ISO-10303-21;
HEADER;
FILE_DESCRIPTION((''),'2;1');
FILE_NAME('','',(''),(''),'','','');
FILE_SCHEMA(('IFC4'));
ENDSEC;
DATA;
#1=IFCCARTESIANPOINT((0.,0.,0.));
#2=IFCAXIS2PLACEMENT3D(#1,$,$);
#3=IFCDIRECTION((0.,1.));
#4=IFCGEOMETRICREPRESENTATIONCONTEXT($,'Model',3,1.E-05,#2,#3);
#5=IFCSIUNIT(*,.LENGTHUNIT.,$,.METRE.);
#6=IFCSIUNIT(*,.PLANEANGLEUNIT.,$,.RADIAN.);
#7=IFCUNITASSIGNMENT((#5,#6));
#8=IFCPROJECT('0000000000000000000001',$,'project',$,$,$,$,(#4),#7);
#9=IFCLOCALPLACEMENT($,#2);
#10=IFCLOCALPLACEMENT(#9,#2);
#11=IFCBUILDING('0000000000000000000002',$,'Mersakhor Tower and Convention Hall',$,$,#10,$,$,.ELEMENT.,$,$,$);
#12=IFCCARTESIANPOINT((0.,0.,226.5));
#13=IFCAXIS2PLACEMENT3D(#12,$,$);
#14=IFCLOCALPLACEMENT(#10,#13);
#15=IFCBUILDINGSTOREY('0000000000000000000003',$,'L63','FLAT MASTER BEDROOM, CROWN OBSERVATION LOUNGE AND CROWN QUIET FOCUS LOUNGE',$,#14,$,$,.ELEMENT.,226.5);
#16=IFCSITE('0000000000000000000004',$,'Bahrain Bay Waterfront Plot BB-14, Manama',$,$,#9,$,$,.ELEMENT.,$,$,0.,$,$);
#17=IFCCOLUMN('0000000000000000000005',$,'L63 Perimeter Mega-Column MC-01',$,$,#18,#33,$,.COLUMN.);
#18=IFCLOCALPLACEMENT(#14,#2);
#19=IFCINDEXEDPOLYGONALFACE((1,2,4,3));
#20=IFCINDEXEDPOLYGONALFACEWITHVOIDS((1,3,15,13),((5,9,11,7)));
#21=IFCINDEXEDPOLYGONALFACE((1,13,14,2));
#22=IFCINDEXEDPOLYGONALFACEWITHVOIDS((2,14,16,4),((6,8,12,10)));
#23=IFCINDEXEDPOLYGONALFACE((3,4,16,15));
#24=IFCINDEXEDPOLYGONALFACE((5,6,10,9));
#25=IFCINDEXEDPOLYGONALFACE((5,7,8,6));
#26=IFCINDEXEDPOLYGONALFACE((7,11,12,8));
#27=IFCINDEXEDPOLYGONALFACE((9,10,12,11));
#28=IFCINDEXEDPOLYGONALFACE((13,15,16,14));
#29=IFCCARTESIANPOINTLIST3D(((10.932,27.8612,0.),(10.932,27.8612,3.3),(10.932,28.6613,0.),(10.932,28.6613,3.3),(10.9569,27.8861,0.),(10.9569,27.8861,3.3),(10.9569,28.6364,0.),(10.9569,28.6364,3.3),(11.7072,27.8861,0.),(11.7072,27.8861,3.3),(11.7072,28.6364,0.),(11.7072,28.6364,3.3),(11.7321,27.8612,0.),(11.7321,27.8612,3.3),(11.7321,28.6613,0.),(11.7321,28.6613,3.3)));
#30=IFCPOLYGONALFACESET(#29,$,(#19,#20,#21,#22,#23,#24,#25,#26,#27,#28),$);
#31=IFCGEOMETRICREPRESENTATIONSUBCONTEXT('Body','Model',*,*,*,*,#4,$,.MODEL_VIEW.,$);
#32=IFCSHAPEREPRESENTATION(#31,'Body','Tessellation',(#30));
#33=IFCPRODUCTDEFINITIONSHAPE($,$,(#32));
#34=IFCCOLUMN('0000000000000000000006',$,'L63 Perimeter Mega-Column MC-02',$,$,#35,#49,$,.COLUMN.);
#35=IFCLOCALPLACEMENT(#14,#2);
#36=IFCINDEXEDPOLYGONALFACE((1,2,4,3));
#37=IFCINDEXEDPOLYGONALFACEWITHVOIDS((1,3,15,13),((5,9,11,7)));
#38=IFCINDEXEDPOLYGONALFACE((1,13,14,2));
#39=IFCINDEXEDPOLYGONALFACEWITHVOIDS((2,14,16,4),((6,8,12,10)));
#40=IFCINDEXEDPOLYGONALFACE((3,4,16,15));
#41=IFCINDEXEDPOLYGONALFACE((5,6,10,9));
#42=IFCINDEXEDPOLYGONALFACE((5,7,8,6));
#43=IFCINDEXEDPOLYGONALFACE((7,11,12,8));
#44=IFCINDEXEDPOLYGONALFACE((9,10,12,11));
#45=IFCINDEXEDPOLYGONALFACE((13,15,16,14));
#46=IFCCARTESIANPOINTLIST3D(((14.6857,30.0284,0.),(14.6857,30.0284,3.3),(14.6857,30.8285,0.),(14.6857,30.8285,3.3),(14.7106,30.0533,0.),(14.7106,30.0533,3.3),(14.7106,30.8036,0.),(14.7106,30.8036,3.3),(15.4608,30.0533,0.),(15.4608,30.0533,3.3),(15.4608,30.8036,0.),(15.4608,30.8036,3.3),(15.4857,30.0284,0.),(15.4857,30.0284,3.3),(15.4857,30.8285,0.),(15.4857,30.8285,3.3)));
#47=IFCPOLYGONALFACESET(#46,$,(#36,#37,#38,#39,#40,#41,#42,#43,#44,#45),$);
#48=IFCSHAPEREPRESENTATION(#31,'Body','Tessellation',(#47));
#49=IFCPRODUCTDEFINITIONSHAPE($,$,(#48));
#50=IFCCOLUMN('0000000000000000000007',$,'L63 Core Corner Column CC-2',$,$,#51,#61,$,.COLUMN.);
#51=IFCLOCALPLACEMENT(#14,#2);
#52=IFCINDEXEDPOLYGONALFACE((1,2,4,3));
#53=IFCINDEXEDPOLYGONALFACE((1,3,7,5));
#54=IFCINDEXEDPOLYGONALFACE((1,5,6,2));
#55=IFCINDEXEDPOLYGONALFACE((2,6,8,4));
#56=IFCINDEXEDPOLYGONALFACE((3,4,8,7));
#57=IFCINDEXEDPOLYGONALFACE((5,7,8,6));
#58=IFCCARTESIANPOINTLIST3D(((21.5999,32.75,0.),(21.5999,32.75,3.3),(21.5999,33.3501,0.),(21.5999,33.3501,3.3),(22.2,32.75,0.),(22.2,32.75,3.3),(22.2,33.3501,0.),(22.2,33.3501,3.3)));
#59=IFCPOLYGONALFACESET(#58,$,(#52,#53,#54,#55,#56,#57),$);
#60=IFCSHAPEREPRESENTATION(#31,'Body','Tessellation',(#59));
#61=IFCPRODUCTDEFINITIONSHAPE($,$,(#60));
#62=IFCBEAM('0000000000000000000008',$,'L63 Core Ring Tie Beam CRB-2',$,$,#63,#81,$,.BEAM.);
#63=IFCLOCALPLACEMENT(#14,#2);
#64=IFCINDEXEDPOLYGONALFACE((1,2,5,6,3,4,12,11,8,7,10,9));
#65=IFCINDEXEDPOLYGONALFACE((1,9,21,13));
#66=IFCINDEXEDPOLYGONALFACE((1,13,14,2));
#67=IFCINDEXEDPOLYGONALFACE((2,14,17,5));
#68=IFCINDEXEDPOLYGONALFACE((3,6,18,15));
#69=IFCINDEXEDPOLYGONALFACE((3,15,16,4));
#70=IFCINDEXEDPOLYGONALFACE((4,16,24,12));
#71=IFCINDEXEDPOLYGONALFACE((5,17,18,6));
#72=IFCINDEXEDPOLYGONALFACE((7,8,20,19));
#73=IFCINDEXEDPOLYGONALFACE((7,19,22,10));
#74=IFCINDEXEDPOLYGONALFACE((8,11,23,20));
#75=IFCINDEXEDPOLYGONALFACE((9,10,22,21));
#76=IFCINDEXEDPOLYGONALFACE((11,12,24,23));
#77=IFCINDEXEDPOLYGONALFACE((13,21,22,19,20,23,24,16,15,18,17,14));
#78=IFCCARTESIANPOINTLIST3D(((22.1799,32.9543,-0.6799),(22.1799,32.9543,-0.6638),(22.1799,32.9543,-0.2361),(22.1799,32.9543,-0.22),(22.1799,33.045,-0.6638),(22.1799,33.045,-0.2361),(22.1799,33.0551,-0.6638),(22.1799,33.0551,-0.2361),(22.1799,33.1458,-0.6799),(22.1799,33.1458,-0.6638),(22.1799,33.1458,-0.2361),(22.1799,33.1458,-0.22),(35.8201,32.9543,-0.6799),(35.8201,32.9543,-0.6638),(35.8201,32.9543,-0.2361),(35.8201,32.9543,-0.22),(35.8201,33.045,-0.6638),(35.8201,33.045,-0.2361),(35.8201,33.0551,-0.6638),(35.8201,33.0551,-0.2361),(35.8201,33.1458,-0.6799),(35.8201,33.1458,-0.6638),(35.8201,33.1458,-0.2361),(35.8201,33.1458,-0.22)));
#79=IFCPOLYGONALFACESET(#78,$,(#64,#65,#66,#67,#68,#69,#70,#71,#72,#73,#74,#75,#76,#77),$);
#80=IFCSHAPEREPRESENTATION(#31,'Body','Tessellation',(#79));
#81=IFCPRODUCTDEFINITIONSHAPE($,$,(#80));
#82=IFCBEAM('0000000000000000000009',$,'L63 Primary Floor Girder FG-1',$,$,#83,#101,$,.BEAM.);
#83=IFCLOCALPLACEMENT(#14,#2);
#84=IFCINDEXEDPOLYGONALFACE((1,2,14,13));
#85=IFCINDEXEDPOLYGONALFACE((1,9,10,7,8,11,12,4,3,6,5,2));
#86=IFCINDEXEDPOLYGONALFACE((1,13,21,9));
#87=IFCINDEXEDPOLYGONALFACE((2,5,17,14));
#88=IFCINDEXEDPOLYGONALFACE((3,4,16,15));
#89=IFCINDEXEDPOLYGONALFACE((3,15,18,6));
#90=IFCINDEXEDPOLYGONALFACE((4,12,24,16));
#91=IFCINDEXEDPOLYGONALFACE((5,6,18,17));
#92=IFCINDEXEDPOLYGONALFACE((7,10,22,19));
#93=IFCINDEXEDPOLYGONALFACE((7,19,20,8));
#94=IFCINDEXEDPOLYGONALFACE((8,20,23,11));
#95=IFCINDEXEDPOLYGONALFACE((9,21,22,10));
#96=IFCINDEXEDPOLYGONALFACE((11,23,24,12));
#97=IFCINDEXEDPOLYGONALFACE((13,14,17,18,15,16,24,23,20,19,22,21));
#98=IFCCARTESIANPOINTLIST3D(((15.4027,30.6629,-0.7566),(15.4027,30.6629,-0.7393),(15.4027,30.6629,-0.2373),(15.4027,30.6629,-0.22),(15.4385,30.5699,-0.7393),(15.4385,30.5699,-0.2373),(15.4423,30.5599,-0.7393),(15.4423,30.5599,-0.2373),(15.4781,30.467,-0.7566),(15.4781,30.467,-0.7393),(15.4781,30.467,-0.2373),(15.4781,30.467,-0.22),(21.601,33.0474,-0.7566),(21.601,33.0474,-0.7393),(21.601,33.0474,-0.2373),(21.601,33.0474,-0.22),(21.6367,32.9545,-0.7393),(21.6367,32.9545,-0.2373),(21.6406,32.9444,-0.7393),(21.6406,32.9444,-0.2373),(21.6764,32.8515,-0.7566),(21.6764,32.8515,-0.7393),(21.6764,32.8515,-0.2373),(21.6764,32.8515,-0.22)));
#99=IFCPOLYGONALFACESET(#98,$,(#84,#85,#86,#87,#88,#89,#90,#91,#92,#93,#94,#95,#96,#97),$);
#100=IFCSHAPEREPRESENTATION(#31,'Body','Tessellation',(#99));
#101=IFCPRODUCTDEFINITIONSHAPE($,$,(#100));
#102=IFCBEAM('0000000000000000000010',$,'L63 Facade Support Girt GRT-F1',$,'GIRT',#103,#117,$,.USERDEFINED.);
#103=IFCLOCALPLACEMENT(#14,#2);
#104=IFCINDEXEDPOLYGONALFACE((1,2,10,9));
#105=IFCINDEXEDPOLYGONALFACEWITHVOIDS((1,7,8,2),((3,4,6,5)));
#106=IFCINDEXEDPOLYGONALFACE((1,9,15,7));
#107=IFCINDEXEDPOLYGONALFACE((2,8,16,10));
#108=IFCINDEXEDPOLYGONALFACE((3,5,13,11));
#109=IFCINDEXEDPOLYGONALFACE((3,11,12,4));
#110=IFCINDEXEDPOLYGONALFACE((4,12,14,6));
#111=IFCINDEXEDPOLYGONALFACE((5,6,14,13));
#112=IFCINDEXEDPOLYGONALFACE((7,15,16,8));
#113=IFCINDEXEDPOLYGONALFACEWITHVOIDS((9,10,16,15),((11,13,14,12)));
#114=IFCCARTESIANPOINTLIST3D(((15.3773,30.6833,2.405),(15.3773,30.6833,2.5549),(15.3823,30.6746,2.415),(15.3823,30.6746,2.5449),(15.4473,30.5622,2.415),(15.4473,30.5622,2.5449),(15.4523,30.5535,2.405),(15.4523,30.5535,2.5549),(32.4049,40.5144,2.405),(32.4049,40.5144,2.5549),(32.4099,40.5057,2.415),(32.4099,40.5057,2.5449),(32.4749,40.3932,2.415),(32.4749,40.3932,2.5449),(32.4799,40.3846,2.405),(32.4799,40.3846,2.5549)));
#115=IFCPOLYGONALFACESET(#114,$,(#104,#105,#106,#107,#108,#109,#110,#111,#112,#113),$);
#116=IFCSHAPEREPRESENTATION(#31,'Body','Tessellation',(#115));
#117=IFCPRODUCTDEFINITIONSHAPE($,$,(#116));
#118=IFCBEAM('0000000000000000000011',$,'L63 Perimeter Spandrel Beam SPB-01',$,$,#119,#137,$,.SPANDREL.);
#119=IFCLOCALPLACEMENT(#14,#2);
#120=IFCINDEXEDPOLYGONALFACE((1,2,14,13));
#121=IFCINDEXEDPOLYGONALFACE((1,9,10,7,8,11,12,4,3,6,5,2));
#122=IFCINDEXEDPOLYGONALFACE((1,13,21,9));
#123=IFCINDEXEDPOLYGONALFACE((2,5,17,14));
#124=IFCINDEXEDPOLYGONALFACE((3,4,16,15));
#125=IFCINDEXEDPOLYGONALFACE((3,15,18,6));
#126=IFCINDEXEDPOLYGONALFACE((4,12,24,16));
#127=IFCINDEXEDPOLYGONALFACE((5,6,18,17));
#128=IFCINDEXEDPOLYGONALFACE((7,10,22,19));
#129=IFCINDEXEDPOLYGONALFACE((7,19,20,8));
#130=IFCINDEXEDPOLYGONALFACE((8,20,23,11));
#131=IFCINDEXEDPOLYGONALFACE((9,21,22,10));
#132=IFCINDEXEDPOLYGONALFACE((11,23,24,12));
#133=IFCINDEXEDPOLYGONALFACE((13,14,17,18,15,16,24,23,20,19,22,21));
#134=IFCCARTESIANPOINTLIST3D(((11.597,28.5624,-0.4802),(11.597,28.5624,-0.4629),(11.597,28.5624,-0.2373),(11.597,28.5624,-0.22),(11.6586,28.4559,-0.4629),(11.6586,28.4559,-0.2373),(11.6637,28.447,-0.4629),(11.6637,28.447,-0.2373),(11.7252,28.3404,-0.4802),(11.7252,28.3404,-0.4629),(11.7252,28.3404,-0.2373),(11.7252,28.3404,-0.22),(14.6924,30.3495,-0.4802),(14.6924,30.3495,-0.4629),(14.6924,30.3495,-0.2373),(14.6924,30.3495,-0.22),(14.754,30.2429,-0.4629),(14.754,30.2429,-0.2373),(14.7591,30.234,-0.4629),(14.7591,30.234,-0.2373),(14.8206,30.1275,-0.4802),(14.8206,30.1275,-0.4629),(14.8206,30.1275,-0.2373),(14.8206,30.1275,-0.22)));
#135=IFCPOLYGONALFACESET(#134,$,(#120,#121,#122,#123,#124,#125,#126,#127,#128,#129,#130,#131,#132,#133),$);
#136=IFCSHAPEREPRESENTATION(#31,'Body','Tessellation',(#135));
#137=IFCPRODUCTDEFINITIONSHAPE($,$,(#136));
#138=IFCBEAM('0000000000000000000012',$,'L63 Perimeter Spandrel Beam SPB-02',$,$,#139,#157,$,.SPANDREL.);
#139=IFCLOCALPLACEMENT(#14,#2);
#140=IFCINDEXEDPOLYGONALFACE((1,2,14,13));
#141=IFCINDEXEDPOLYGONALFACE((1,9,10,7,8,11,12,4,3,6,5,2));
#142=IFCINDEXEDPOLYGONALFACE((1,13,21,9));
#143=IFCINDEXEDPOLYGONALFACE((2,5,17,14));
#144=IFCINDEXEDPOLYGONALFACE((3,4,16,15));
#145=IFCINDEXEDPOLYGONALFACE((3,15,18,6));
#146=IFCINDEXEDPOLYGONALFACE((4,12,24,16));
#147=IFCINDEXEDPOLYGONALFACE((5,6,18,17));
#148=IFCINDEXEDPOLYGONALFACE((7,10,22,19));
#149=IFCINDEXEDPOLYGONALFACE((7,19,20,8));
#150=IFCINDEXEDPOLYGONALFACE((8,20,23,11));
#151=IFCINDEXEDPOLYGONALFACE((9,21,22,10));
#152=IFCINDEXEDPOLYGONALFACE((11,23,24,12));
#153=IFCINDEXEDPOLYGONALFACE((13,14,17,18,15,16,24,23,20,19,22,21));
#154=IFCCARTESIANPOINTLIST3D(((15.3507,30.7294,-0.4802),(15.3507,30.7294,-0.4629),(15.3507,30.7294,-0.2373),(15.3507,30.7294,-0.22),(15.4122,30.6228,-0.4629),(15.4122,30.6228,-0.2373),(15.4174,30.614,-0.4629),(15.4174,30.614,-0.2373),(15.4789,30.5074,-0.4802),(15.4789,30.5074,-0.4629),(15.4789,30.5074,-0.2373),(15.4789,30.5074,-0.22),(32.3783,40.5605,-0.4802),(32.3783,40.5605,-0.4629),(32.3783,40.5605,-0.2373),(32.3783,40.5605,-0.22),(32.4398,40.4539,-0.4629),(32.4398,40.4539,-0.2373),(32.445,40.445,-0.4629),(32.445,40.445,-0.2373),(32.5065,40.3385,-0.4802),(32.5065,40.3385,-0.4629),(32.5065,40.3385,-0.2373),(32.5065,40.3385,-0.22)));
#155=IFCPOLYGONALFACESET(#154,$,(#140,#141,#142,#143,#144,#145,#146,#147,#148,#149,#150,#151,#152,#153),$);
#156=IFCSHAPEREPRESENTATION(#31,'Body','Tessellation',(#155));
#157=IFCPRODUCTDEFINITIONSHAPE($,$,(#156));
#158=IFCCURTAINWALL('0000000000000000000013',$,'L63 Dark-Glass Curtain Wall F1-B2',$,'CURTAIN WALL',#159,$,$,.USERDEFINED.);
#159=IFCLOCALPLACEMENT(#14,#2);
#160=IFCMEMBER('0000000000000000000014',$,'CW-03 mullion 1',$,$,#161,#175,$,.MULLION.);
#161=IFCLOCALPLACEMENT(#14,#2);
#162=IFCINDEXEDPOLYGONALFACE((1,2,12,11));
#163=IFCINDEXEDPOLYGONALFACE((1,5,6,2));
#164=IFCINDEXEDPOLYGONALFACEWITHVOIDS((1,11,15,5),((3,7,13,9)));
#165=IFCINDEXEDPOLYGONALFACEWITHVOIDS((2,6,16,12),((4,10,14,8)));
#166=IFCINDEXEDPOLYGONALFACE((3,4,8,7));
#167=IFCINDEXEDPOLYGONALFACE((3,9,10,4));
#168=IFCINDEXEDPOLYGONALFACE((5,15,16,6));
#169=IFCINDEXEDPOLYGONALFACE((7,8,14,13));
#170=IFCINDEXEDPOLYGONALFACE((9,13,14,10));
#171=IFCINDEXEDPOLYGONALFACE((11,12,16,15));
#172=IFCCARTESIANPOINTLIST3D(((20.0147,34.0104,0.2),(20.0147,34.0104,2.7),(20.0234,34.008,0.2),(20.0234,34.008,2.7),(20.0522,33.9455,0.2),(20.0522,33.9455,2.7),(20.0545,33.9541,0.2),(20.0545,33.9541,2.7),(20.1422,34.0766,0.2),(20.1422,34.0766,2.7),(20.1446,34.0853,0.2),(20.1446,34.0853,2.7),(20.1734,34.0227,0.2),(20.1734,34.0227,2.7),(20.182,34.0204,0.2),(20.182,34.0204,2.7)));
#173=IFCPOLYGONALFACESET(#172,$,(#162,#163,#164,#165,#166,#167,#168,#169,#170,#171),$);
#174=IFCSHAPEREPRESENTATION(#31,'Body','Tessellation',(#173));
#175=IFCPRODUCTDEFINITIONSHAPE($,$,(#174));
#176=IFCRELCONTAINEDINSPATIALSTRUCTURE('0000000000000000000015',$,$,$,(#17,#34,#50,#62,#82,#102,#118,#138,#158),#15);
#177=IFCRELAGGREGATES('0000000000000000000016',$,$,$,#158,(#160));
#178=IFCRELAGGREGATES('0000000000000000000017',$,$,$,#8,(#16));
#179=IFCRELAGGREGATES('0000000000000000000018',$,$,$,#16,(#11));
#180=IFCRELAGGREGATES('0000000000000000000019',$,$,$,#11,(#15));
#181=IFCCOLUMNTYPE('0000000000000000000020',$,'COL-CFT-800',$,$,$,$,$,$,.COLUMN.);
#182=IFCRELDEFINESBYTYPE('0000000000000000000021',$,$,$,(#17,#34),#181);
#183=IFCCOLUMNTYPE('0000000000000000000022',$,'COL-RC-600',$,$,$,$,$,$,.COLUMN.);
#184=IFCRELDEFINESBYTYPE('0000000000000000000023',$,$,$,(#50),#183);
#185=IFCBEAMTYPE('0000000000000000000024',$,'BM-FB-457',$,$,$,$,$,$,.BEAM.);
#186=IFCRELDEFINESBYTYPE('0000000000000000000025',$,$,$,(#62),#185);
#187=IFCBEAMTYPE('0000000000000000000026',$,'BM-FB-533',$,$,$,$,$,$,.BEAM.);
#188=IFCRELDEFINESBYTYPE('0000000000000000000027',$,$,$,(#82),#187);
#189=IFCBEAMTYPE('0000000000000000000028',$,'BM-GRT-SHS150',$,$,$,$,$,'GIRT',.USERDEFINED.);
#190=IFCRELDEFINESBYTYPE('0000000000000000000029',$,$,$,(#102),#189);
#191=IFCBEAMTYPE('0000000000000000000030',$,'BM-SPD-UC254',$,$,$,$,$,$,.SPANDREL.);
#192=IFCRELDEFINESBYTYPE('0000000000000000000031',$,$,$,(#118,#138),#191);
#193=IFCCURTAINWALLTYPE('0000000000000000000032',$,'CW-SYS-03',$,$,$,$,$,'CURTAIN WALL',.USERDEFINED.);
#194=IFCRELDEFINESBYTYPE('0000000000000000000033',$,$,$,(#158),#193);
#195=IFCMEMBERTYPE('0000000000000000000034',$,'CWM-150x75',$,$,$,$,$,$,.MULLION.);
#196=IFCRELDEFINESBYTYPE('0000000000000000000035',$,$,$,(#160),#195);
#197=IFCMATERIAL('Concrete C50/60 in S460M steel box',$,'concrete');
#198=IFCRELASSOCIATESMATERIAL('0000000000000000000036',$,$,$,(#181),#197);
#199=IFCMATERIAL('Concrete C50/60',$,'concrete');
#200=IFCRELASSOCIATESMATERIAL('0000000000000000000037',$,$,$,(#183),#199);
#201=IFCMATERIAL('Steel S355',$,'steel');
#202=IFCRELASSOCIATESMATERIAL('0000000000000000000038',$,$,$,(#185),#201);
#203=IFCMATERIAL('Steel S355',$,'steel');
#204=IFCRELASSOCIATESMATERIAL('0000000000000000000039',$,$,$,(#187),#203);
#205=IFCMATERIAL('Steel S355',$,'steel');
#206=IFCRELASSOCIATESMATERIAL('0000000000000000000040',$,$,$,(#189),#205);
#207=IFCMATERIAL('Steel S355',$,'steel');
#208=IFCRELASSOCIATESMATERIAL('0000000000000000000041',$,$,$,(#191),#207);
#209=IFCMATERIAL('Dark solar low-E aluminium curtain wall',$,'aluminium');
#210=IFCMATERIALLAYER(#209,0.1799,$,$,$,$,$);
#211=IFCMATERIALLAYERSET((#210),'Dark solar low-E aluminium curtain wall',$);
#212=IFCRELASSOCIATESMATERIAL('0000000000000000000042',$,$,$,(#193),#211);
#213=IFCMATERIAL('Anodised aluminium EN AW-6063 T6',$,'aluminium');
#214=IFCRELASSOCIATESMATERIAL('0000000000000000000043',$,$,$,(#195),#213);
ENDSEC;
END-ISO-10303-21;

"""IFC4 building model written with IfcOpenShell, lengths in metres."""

from ifc_helpers import new_model, si_unit, direction, frame, origin, origin_2d, place, context, subcontext, project, spatial, rectangle, hollow_rectangle, i_section, extrude, material, layer, layer_set, material_profile, profile_set, type_object, element, aggregate, save


model = new_model("IFC4")

# Units and contexts
model_context = context("Model", 3, precision=1e-05, world=origin(), true_north=direction((0.0, 1.0)))
body_context = subcontext(model_context, "Body", "Model", "MODEL_VIEW")
ifc_project = project(units=[si_unit("LENGTHUNIT", "METRE"), si_unit("PLANEANGLEUNIT", "RADIAN")], contexts=[model_context])

# Site, building, storey
site_placement = place(None, origin())
site = spatial("IfcSite", under=ifc_project, at=site_placement, Name="Bahrain Bay Waterfront Plot BB-14, Manama", CompositionType="ELEMENT", RefElevation=0.0)
building_placement = place(site_placement, origin())
building = spatial("IfcBuilding", under=site, at=building_placement, Name="Mersakhor Tower and Convention Hall", CompositionType="ELEMENT")
storey_placement = place(building_placement, frame((0.0, 0.0, 226.5)))
storey = spatial("IfcBuildingStorey", under=building, at=storey_placement, Name="L63", Description="FLAT MASTER BEDROOM, CROWN OBSERVATION LOUNGE AND CROWN QUIET FOCUS LOUNGE", CompositionType="ELEMENT", Elevation=226.5)

# Columns
ifc_material_1 = material(Name="Concrete C50/60 in S460M steel box", Category="concrete")
ifc_material_profile_1 = material_profile(ifc_material_1, hollow_rectangle(XDim=0.8, YDim=0.8, WallThickness=0.0249, at=origin_2d()), Name="SHS 800x800x25")
ifc_profile_set_1 = profile_set([ifc_material_profile_1], Name="Concrete C50/60 in S460M steel box")
column_type_1 = type_object("IfcColumnType", Name="COL-CFT-800", PredefinedType="COLUMN", material=ifc_profile_set_1)
for number, where, z_axis, x_axis, name in (
    (1, (11.332, 28.2612, 0.0), (0.0, 0.0, 1.0), (1.0, 0.0, 0.0), "L63 Perimeter Mega-Column MC-01"),
    (2, (15.0857, 30.4285, 0.0), (0.0, 0.0, 1.0), (1.0, 0.0, 0.0), "L63 Perimeter Mega-Column MC-02"),
):
    element("IfcColumn", number, at=place(storey_placement, frame(where, z_axis=z_axis, x_axis=x_axis)), inside=storey, type_object=column_type_1, Name=name, PredefinedType="COLUMN", context=body_context, shape_type="SweptSolid", body=[
        extrude(hollow_rectangle(XDim=0.8, YDim=0.8, WallThickness=0.0249, at=origin_2d()), origin(), (0.0, 0.0, 1.0), 3.3),
    ])
ifc_material_2 = material(Name="Concrete C50/60", Category="concrete")
ifc_material_profile_2 = material_profile(ifc_material_2, rectangle(XDim=0.6001, YDim=0.6001, at=origin_2d()), Name="RC 600x600")
ifc_profile_set_2 = profile_set([ifc_material_profile_2], Name="Concrete C50/60")
column_type_2 = type_object("IfcColumnType", Name="COL-RC-600", PredefinedType="COLUMN", material=ifc_profile_set_2)
column_placement = place(storey_placement, frame((21.8999, 33.05, 0.0), z_axis=(0.0, 0.0, 1.0), x_axis=(1.0, 0.0, 0.0)))
element("IfcColumn", 3, at=column_placement, inside=storey, type_object=column_type_2, Name="L63 Core Corner Column CC-2", PredefinedType="COLUMN", context=body_context, shape_type="SweptSolid", body=[
    extrude(rectangle(XDim=0.6001, YDim=0.6001, at=origin_2d()), origin(), (0.0, 0.0, 1.0), 3.3),
])

# Beams
ifc_material_3 = material(Name="Steel S355", Category="steel")
ifc_material_profile_3 = material_profile(ifc_material_3, i_section(OverallWidth=0.1914, OverallDepth=0.46, WebThickness=0.01, FlangeThickness=0.0161, at=origin_2d()), Name="UB 457x191x82")
ifc_profile_set_3 = profile_set([ifc_material_profile_3], Name="Steel S355")
beam_type_1 = type_object("IfcBeamType", Name="BM-FB-457", PredefinedType="BEAM", material=ifc_profile_set_3)
beam_1_placement = place(storey_placement, frame((22.1799, 33.05, -0.45), z_axis=(1.0, 0.0, 0.0), x_axis=(0.0, 1.0, 0.0)))
element("IfcBeam", 4, at=beam_1_placement, inside=storey, type_object=beam_type_1, Name="L63 Core Ring Tie Beam CRB-2", PredefinedType="BEAM", context=body_context, shape_type="SweptSolid", body=[
    extrude(i_section(OverallWidth=0.1914, OverallDepth=0.46, WebThickness=0.01, FlangeThickness=0.0161, at=origin_2d()), origin(), (0.0, 0.0, 1.0), 13.6401),
])
ifc_material_4 = material(Name="Steel S355", Category="steel")
ifc_material_profile_4 = material_profile(ifc_material_4, i_section(OverallWidth=0.21, OverallDepth=0.5366, WebThickness=0.0107, FlangeThickness=0.0173, at=origin_2d()), Name="UB 533x210x101")
ifc_profile_set_4 = profile_set([ifc_material_profile_4], Name="Steel S355")
beam_type_2 = type_object("IfcBeamType", Name="BM-FB-533", PredefinedType="BEAM", material=ifc_profile_set_4)
beam_2_placement = place(storey_placement, frame((21.6387, 32.9495, -0.4883), z_axis=(-0.933316, -0.359055, 0.0), x_axis=(0.359055, -0.933316, 0.0)))
element("IfcBeam", 5, at=beam_2_placement, inside=storey, type_object=beam_type_2, Name="L63 Primary Floor Girder FG-1", PredefinedType="BEAM", context=body_context, shape_type="SweptSolid", body=[
    extrude(i_section(OverallWidth=0.21, OverallDepth=0.5366, WebThickness=0.0107, FlangeThickness=0.0173, at=origin_2d()), origin(), (0.0, 0.0, 1.0), 6.6411),
])
ifc_material_5 = material(Name="Steel S355", Category="steel")
ifc_material_profile_5 = material_profile(ifc_material_5, hollow_rectangle(XDim=0.1499, YDim=0.1499, WallThickness=0.01, at=origin_2d()), Name="SHS 150x150x10")
ifc_profile_set_5 = profile_set([ifc_material_profile_5], Name="Steel S355")
beam_type_3 = type_object("IfcBeamType", Name="BM-GRT-SHS150", ElementType="GIRT", PredefinedType="USERDEFINED", material=ifc_profile_set_5)
beam_3_placement = place(storey_placement, frame((15.4148, 30.6184, 2.48), z_axis=(0.866022, 0.500007, 0.0), x_axis=(-0.500007, 0.866022, 0.0)))
element("IfcBeam", 6, at=beam_3_placement, inside=storey, type_object=beam_type_3, Name="L63 Facade Support Girt GRT-F1", ObjectType="GIRT", PredefinedType="USERDEFINED", context=body_context, shape_type="SweptSolid", body=[
    extrude(hollow_rectangle(XDim=0.1499, YDim=0.1499, WallThickness=0.01, at=origin_2d()), origin(), (0.0, 0.0, 1.0), 19.6619),
])
ifc_material_6 = material(Name="Steel S355", Category="steel")
ifc_material_profile_6 = material_profile(ifc_material_6, i_section(OverallWidth=0.2563, OverallDepth=0.2603, WebThickness=0.0103, FlangeThickness=0.0173, at=origin_2d()), Name="UC 254x254x89")
ifc_profile_set_6 = profile_set([ifc_material_profile_6], Name="Steel S355")
beam_type_4 = type_object("IfcBeamType", Name="BM-SPD-UC254", PredefinedType="SPANDREL", material=ifc_profile_set_6)
beam_4_placement = place(storey_placement, frame((11.6611, 28.4514, -0.3501), z_axis=(0.866032, 0.499989, 0.0), x_axis=(-0.499989, 0.866032, 0.0)))
element("IfcBeam", 7, at=beam_4_placement, inside=storey, type_object=beam_type_4, Name="L63 Perimeter Spandrel Beam SPB-01", PredefinedType="SPANDREL", context=body_context, shape_type="SweptSolid", body=[
    extrude(i_section(OverallWidth=0.2563, OverallDepth=0.2603, WebThickness=0.0103, FlangeThickness=0.0173, at=origin_2d()), origin(), (0.0, 0.0, 1.0), 3.5742),
])
beam_5_placement = place(storey_placement, frame((15.4148, 30.6184, -0.3501), z_axis=(0.866022, 0.500007, 0.0), x_axis=(-0.500007, 0.866022, 0.0)))
element("IfcBeam", 8, at=beam_5_placement, inside=storey, type_object=beam_type_4, Name="L63 Perimeter Spandrel Beam SPB-02", PredefinedType="SPANDREL", context=body_context, shape_type="SweptSolid", body=[
    extrude(i_section(OverallWidth=0.2563, OverallDepth=0.2603, WebThickness=0.0103, FlangeThickness=0.0173, at=origin_2d()), origin(), (0.0, 0.0, 1.0), 19.6619),
])

# Curtain wall, member
ifc_material_7 = material(Name="Dark solar low-E aluminium curtain wall", Category="aluminium")
ifc_layer_1 = layer(ifc_material_7, 0.1799)
ifc_layer_set_1 = layer_set([ifc_layer_1], Name="Dark solar low-E aluminium curtain wall")
curtain_wall_type = type_object("IfcCurtainWallType", Name="CW-SYS-03", ElementType="CURTAIN WALL", PredefinedType="USERDEFINED", material=ifc_layer_set_1)
curtain_wall_placement = place(storey_placement, origin())
curtain_wall = element("IfcCurtainWall", 9, at=curtain_wall_placement, inside=storey, type_object=curtain_wall_type, Name="L63 Dark-Glass Curtain Wall F1-B2", ObjectType="CURTAIN WALL", PredefinedType="USERDEFINED")
ifc_material_8 = material(Name="Anodised aluminium EN AW-6063 T6", Category="aluminium")
ifc_material_profile_7 = material_profile(ifc_material_8, hollow_rectangle(XDim=0.075, YDim=0.1499, WallThickness=0.0063, at=origin_2d()), Name="RHS 150x75x6.3")
ifc_profile_set_7 = profile_set([ifc_material_profile_7], Name="Anodised aluminium EN AW-6063 T6")
member_type_1 = type_object("IfcMemberType", Name="CWM-150x75", PredefinedType="MULLION", material=ifc_profile_set_7)
member_1_placement = place(storey_placement, frame((20.0984, 34.0154, 0.2), z_axis=(0.0, 0.0, 1.0), x_axis=(-0.500004, 0.866023, 0.0)))
member_1 = element("IfcMember", 10, at=member_1_placement, type_object=member_type_1, Name="CW-03 mullion 1", PredefinedType="MULLION", context=body_context, shape_type="SweptSolid", body=[
    extrude(hollow_rectangle(XDim=0.075, YDim=0.1499, WallThickness=0.0063, at=origin_2d()), origin(), (0.0, 0.0, 1.0), 2.5),
])

aggregate(curtain_wall, [member_1])

save(model, "model.ifc")
